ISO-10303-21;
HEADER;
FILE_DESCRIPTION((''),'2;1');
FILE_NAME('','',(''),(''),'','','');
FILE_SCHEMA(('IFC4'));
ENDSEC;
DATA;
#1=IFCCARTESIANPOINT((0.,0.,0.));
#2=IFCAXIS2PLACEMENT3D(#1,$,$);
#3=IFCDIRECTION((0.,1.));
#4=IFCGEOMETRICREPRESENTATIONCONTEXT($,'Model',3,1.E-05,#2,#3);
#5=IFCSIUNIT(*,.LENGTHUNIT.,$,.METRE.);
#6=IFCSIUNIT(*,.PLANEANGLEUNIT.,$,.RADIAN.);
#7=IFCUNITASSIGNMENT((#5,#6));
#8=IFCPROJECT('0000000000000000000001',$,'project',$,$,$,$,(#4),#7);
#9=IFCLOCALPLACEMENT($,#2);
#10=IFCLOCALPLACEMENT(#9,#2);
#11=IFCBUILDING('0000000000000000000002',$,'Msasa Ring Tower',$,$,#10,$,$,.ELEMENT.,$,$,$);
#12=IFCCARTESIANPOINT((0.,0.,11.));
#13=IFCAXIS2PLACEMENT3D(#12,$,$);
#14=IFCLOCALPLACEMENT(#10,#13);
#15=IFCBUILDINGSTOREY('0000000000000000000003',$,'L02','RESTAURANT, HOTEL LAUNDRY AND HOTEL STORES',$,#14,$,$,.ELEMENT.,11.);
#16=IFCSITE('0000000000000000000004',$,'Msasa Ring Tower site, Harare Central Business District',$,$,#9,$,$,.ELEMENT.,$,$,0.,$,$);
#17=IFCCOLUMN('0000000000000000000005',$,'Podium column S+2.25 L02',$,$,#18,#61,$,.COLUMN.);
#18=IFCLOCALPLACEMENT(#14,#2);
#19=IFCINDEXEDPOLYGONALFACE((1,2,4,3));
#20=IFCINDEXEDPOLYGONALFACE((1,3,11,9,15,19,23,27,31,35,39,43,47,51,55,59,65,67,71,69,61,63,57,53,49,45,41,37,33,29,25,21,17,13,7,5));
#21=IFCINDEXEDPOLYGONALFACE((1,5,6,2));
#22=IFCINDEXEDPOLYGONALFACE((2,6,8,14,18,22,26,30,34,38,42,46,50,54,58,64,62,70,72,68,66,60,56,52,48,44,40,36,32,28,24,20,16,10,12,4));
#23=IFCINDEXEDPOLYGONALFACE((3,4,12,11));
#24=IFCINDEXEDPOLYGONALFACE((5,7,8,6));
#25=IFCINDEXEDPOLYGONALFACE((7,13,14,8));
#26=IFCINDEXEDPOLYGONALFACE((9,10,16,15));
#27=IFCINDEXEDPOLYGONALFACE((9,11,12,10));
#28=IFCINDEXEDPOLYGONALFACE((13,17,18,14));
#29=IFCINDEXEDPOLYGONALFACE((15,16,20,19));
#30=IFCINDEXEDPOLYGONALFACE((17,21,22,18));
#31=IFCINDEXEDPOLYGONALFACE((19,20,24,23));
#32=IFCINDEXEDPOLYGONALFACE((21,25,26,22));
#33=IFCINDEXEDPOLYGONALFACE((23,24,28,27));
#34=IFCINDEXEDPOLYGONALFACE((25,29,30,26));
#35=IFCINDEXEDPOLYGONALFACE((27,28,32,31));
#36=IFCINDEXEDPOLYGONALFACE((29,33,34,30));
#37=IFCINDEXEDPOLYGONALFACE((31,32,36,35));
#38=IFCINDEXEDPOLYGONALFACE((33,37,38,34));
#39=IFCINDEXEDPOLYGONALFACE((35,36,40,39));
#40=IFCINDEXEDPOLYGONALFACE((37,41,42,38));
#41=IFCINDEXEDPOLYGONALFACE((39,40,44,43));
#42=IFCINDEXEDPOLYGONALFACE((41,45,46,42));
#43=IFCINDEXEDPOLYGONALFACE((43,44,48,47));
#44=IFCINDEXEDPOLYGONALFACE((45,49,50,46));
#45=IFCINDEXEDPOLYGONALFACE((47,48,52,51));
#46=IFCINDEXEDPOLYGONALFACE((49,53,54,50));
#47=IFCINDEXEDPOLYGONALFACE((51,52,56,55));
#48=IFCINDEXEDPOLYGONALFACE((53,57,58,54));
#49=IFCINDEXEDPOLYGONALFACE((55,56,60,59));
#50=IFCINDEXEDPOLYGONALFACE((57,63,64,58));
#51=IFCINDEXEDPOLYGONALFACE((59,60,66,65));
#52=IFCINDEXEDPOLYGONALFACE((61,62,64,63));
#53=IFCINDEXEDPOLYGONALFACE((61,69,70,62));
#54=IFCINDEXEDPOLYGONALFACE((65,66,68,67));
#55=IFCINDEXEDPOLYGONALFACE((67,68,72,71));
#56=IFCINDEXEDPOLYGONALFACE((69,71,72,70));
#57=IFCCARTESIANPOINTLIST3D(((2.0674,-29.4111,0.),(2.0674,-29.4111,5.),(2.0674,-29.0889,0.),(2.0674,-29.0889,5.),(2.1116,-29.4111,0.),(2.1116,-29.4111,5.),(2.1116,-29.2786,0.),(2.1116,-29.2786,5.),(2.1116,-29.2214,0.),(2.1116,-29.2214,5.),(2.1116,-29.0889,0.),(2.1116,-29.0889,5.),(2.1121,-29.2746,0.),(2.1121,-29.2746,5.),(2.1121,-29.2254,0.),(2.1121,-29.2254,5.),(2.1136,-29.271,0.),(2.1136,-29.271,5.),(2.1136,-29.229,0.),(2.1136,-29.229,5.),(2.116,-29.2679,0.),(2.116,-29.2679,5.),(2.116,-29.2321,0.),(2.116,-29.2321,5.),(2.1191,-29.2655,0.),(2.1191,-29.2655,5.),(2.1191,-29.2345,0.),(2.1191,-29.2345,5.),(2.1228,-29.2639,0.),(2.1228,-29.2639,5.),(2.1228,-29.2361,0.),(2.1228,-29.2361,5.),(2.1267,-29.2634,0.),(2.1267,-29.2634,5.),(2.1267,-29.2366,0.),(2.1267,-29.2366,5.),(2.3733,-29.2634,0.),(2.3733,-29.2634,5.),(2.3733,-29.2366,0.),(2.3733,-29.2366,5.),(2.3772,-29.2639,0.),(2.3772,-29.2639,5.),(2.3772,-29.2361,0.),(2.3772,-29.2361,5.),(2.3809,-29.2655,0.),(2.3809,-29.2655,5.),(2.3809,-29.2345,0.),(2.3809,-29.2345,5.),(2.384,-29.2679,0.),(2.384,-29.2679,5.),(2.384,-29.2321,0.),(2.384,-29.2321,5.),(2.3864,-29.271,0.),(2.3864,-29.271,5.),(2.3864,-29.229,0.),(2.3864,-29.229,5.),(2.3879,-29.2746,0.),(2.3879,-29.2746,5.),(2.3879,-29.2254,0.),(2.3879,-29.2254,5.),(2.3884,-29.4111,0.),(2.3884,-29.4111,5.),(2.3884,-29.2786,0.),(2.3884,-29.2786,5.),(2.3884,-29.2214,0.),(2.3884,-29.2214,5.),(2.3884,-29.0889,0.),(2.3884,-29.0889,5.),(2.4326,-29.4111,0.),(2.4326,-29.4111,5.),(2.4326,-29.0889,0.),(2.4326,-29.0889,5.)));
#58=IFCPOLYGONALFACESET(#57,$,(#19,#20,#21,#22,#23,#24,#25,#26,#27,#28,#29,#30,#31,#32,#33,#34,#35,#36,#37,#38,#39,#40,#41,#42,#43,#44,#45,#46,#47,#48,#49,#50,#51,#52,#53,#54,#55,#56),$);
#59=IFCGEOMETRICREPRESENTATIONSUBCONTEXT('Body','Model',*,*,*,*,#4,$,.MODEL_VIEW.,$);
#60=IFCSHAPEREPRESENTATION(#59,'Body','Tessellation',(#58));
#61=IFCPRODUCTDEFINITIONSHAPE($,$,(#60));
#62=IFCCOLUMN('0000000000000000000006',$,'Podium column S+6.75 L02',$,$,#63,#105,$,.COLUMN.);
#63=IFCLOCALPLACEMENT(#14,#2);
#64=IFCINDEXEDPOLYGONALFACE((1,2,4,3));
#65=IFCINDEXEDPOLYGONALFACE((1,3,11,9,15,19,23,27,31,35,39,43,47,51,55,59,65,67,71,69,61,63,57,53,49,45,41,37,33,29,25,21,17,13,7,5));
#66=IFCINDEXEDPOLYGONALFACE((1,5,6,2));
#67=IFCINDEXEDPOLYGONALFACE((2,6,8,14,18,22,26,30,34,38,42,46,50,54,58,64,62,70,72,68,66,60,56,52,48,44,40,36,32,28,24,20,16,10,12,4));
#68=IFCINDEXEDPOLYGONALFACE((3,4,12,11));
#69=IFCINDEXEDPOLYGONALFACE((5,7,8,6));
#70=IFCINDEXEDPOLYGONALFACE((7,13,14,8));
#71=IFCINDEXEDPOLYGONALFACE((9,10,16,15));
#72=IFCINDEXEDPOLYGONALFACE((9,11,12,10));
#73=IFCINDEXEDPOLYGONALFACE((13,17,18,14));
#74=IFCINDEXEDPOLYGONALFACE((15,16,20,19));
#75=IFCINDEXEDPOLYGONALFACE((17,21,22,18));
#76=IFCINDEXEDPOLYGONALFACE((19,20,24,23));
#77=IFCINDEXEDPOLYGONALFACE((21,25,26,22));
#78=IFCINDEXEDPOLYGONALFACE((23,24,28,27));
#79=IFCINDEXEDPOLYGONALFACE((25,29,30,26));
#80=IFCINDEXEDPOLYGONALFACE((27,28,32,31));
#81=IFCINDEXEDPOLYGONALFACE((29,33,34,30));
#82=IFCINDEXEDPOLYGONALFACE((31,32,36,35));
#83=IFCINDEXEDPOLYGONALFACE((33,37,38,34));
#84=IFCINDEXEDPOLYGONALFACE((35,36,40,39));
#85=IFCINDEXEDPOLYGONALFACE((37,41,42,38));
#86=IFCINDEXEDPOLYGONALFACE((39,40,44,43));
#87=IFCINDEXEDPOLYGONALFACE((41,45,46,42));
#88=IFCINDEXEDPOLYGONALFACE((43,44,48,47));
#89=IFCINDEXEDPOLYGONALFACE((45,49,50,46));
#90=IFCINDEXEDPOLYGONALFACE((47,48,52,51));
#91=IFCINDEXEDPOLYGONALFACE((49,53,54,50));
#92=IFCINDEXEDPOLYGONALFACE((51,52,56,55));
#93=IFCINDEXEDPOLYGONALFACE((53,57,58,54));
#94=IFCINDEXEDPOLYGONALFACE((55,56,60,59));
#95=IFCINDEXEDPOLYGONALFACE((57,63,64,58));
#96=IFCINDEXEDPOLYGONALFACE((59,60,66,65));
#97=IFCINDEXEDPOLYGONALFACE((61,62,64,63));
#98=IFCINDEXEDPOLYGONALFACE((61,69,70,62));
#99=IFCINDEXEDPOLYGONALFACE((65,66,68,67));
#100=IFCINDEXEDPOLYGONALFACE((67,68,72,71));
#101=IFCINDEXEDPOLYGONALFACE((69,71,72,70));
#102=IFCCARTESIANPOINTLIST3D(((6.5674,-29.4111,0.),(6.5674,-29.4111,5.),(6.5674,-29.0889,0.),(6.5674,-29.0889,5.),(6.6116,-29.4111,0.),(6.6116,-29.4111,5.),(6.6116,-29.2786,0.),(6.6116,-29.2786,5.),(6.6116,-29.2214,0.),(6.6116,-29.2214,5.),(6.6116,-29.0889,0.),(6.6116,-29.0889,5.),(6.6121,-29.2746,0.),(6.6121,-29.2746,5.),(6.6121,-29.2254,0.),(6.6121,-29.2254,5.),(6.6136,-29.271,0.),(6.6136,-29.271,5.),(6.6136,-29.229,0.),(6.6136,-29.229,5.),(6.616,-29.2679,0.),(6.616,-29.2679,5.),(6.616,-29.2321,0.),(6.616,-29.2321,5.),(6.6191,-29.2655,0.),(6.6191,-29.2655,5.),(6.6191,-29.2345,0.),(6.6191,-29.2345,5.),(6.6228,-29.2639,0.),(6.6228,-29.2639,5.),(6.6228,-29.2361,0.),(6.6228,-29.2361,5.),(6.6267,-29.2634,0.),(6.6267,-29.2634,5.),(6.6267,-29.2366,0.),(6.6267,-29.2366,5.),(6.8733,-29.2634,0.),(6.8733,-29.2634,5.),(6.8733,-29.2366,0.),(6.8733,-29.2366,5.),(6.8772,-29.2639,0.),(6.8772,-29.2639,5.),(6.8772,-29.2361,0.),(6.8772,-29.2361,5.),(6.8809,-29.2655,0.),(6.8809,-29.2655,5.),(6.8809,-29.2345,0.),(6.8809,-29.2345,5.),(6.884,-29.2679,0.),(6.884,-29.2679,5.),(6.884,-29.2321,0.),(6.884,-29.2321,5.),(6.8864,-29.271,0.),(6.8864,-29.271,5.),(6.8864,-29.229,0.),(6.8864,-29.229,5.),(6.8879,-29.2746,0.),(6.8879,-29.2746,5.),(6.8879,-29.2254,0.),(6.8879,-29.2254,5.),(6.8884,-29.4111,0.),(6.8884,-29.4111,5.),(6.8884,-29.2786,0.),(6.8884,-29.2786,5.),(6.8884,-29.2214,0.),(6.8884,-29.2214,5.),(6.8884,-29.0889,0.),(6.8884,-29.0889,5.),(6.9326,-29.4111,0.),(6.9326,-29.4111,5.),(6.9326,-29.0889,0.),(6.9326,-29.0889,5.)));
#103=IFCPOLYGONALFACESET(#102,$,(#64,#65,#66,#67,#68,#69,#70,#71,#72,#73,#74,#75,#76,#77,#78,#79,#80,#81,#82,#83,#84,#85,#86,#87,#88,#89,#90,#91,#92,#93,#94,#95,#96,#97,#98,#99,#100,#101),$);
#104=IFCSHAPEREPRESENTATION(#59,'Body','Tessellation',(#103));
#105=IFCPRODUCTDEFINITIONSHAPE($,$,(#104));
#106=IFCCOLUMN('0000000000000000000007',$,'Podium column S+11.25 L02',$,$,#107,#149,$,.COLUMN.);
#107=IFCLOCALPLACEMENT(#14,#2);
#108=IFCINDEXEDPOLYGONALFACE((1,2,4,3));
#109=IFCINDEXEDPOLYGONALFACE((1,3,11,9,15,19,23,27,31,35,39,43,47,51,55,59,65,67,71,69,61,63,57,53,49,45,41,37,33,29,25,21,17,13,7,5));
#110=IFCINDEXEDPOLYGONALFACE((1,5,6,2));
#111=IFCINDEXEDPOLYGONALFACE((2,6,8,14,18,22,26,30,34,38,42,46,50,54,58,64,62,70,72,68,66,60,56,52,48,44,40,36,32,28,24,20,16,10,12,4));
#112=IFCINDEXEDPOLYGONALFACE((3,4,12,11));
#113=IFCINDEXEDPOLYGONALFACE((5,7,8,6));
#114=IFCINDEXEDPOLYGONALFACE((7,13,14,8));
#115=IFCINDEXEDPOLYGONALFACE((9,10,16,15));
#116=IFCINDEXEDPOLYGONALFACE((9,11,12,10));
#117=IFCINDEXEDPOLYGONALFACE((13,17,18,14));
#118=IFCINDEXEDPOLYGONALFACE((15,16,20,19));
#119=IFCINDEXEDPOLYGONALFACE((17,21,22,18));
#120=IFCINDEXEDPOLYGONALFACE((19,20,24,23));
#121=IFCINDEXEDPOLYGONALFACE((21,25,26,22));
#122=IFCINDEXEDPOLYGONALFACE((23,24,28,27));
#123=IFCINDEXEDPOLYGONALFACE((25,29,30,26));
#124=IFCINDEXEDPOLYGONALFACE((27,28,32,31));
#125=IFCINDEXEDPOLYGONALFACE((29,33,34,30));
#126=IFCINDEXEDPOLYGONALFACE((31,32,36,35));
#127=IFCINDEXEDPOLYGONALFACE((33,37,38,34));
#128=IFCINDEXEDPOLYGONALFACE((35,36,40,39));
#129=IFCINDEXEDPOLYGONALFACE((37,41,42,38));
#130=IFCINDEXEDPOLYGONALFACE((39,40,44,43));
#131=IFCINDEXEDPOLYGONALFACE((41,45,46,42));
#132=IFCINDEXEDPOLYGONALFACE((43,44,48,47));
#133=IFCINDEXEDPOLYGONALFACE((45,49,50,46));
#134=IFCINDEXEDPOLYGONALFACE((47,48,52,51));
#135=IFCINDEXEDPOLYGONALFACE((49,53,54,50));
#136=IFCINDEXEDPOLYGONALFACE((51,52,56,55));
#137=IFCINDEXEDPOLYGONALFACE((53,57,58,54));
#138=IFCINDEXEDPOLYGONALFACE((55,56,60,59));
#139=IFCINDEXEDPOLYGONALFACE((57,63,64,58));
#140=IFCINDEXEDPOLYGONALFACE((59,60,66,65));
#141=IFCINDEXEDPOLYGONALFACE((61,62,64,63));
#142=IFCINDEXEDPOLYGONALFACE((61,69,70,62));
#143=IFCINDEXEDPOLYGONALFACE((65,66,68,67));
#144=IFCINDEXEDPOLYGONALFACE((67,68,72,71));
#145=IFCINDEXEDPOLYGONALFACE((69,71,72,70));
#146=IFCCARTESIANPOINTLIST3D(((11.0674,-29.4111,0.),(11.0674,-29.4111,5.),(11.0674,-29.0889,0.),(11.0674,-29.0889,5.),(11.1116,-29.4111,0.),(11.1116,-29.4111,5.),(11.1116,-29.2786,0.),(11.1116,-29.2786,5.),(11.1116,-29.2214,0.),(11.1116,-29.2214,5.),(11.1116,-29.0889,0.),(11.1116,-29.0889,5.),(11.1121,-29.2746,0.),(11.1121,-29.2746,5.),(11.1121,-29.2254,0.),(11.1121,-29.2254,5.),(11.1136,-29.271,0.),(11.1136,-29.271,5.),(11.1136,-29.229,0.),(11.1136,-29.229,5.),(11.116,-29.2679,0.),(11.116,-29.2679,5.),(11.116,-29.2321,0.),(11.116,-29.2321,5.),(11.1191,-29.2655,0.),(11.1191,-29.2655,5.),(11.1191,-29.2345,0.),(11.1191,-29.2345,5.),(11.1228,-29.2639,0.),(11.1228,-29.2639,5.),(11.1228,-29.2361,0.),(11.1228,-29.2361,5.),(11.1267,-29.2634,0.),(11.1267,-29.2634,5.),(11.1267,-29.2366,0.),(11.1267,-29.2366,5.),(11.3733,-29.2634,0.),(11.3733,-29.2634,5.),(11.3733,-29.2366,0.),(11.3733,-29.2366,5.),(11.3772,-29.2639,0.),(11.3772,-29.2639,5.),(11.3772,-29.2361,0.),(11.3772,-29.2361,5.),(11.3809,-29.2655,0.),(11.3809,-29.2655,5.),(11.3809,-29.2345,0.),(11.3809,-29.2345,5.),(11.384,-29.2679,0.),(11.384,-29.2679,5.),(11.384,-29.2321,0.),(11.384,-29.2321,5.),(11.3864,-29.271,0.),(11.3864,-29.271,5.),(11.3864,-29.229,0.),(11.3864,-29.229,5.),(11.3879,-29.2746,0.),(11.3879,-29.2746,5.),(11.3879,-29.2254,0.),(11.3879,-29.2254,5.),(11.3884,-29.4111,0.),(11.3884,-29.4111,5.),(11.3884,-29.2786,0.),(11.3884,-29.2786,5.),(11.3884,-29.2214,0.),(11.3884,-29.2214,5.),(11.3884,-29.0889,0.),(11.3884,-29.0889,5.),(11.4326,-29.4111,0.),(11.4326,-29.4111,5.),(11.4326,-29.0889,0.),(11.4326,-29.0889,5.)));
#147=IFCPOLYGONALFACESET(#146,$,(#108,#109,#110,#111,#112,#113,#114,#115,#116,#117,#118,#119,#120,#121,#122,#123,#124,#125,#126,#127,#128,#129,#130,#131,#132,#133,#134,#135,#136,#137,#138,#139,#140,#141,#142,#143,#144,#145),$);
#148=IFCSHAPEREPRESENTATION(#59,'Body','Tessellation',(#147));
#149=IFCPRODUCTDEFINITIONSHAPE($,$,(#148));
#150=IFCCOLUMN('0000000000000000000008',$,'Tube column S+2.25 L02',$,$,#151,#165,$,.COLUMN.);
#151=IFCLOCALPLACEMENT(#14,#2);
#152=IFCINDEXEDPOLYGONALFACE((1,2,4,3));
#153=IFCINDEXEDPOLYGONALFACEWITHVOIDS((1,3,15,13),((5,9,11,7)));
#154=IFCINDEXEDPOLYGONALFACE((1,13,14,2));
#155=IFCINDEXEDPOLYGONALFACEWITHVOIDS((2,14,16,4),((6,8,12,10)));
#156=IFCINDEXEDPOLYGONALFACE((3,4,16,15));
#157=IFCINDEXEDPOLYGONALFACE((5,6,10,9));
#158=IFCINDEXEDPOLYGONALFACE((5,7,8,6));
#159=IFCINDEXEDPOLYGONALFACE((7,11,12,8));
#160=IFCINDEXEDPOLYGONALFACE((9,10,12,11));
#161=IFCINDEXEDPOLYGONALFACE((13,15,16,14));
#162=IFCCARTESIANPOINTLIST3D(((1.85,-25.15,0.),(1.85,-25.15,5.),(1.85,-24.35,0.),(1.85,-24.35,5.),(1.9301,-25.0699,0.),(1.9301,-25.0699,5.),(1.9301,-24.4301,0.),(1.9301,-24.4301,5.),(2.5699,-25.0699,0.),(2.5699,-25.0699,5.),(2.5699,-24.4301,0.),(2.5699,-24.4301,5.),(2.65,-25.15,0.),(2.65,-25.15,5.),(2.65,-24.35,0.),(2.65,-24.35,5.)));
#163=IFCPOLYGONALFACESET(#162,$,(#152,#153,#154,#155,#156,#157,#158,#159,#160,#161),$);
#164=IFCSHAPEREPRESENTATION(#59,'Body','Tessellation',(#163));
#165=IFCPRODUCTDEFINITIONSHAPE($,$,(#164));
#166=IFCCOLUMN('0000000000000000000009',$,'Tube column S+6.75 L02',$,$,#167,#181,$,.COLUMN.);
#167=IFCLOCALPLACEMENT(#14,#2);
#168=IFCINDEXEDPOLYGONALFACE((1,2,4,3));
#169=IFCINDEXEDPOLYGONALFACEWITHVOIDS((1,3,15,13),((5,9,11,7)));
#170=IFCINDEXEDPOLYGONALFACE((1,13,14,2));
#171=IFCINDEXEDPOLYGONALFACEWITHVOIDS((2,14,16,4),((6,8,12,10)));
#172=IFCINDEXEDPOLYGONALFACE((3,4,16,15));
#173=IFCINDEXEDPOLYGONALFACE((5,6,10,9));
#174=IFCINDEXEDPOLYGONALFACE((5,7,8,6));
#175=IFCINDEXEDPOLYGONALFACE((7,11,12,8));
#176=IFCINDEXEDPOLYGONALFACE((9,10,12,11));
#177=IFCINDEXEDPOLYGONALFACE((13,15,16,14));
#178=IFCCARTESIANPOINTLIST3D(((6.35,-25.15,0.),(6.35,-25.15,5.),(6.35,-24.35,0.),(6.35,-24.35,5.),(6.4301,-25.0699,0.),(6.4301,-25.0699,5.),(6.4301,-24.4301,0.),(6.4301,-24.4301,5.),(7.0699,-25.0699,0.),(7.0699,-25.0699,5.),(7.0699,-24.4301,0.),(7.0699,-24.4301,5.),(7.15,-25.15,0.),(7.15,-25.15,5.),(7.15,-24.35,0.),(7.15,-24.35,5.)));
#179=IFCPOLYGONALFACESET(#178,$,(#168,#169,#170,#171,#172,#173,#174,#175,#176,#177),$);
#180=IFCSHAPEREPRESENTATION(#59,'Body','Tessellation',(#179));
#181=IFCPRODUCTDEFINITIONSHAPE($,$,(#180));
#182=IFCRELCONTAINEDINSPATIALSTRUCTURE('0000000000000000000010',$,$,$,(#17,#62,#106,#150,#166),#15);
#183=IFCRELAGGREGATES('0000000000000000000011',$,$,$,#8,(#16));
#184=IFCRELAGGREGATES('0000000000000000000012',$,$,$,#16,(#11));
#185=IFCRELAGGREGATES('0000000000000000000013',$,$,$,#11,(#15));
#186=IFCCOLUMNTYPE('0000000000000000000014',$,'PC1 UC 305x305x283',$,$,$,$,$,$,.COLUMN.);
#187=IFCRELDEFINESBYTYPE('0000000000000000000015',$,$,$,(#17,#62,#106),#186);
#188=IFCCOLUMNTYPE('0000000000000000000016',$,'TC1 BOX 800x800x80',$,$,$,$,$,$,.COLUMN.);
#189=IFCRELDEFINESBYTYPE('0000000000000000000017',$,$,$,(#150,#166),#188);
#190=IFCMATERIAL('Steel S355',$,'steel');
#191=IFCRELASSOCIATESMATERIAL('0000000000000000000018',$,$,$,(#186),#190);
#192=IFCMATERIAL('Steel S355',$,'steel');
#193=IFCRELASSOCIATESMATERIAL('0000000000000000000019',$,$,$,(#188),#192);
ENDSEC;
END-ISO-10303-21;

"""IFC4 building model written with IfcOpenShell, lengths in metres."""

from ifc_helpers import new_model, si_unit, direction, frame, origin, origin_2d, place, context, subcontext, project, spatial, hollow_rectangle, i_section, extrude, material, material_profile, profile_set, type_object, element, save


model = new_model("IFC4")

# Units and contexts
model_context = context("Model", 3, precision=1e-05, world=origin(), true_north=direction((0.0, 1.0)))
body_context = subcontext(model_context, "Body", "Model", "MODEL_VIEW")
ifc_project = project(units=[si_unit("LENGTHUNIT", "METRE"), si_unit("PLANEANGLEUNIT", "RADIAN")], contexts=[model_context])

# Site, building, storey
site_placement = place(None, origin())
site = spatial("IfcSite", under=ifc_project, at=site_placement, Name="Msasa Ring Tower site, Harare Central Business District", CompositionType="ELEMENT", RefElevation=0.0)
building_placement = place(site_placement, origin())
building = spatial("IfcBuilding", under=site, at=building_placement, Name="Msasa Ring Tower", CompositionType="ELEMENT")
storey_placement = place(building_placement, frame((0.0, 0.0, 11.0)))
storey = spatial("IfcBuildingStorey", under=building, at=storey_placement, Name="L02", Description="RESTAURANT, HOTEL LAUNDRY AND HOTEL STORES", CompositionType="ELEMENT", Elevation=11.0)

# Columns
ifc_material_1 = material(Name="Steel S355", Category="steel")
ifc_material_profile_1 = material_profile(ifc_material_1, i_section(OverallWidth=0.3223, OverallDepth=0.3652, WebThickness=0.0269, FlangeThickness=0.0442, FilletRadius=0.0151, at=origin_2d()), Name="UC 305x305x283")
ifc_profile_set_1 = profile_set([ifc_material_profile_1], Name="Steel S355")
column_type_1 = type_object("IfcColumnType", Name="PC1 UC 305x305x283", PredefinedType="COLUMN", material=ifc_profile_set_1)
for number, where, z_axis, x_axis, name in (
    (1, (2.25, -29.25, 0.0), (0.0, 0.0, 1.0), (0.0, 1.0, 0.0), "Podium column S+2.25 L02"),
    (2, (6.75, -29.25, 0.0), (0.0, 0.0, 1.0), (0.0, 1.0, 0.0), "Podium column S+6.75 L02"),
    (3, (11.25, -29.25, 0.0), (0.0, 0.0, 1.0), (0.0, 1.0, 0.0), "Podium column S+11.25 L02"),
):
    element("IfcColumn", number, at=place(storey_placement, frame(where, z_axis=z_axis, x_axis=x_axis)), inside=storey, type_object=column_type_1, Name=name, PredefinedType="COLUMN", context=body_context, shape_type="SweptSolid", body=[
        extrude(i_section(OverallWidth=0.3223, OverallDepth=0.3652, WebThickness=0.0269, FlangeThickness=0.0442, FilletRadius=0.0151, at=origin_2d()), origin(), (0.0, 0.0, 1.0), 5.0),
    ])
ifc_material_2 = material(Name="Steel S355", Category="steel")
ifc_material_profile_2 = material_profile(ifc_material_2, hollow_rectangle(XDim=0.8, YDim=0.8, WallThickness=0.0801, at=origin_2d()), Name="BOX 800x800x80")
ifc_profile_set_2 = profile_set([ifc_material_profile_2], Name="Steel S355")
column_type_2 = type_object("IfcColumnType", Name="TC1 BOX 800x800x80", PredefinedType="COLUMN", material=ifc_profile_set_2)
for number, where, z_axis, x_axis, name in (
    (4, (2.25, -24.75, 0.0), (0.0, 0.0, 1.0), (0.0, 1.0, 0.0), "Tube column S+2.25 L02"),
    (5, (6.75, -24.75, 0.0), (0.0, 0.0, 1.0), (0.0, 1.0, 0.0), "Tube column S+6.75 L02"),
):
    element("IfcColumn", number, at=place(storey_placement, frame(where, z_axis=z_axis, x_axis=x_axis)), inside=storey, type_object=column_type_2, Name=name, PredefinedType="COLUMN", context=body_context, shape_type="SweptSolid", body=[
        extrude(hollow_rectangle(XDim=0.8, YDim=0.8, WallThickness=0.0801, at=origin_2d()), origin(), (0.0, 0.0, 1.0), 5.0),
    ])

save(model, "model.ifc")
